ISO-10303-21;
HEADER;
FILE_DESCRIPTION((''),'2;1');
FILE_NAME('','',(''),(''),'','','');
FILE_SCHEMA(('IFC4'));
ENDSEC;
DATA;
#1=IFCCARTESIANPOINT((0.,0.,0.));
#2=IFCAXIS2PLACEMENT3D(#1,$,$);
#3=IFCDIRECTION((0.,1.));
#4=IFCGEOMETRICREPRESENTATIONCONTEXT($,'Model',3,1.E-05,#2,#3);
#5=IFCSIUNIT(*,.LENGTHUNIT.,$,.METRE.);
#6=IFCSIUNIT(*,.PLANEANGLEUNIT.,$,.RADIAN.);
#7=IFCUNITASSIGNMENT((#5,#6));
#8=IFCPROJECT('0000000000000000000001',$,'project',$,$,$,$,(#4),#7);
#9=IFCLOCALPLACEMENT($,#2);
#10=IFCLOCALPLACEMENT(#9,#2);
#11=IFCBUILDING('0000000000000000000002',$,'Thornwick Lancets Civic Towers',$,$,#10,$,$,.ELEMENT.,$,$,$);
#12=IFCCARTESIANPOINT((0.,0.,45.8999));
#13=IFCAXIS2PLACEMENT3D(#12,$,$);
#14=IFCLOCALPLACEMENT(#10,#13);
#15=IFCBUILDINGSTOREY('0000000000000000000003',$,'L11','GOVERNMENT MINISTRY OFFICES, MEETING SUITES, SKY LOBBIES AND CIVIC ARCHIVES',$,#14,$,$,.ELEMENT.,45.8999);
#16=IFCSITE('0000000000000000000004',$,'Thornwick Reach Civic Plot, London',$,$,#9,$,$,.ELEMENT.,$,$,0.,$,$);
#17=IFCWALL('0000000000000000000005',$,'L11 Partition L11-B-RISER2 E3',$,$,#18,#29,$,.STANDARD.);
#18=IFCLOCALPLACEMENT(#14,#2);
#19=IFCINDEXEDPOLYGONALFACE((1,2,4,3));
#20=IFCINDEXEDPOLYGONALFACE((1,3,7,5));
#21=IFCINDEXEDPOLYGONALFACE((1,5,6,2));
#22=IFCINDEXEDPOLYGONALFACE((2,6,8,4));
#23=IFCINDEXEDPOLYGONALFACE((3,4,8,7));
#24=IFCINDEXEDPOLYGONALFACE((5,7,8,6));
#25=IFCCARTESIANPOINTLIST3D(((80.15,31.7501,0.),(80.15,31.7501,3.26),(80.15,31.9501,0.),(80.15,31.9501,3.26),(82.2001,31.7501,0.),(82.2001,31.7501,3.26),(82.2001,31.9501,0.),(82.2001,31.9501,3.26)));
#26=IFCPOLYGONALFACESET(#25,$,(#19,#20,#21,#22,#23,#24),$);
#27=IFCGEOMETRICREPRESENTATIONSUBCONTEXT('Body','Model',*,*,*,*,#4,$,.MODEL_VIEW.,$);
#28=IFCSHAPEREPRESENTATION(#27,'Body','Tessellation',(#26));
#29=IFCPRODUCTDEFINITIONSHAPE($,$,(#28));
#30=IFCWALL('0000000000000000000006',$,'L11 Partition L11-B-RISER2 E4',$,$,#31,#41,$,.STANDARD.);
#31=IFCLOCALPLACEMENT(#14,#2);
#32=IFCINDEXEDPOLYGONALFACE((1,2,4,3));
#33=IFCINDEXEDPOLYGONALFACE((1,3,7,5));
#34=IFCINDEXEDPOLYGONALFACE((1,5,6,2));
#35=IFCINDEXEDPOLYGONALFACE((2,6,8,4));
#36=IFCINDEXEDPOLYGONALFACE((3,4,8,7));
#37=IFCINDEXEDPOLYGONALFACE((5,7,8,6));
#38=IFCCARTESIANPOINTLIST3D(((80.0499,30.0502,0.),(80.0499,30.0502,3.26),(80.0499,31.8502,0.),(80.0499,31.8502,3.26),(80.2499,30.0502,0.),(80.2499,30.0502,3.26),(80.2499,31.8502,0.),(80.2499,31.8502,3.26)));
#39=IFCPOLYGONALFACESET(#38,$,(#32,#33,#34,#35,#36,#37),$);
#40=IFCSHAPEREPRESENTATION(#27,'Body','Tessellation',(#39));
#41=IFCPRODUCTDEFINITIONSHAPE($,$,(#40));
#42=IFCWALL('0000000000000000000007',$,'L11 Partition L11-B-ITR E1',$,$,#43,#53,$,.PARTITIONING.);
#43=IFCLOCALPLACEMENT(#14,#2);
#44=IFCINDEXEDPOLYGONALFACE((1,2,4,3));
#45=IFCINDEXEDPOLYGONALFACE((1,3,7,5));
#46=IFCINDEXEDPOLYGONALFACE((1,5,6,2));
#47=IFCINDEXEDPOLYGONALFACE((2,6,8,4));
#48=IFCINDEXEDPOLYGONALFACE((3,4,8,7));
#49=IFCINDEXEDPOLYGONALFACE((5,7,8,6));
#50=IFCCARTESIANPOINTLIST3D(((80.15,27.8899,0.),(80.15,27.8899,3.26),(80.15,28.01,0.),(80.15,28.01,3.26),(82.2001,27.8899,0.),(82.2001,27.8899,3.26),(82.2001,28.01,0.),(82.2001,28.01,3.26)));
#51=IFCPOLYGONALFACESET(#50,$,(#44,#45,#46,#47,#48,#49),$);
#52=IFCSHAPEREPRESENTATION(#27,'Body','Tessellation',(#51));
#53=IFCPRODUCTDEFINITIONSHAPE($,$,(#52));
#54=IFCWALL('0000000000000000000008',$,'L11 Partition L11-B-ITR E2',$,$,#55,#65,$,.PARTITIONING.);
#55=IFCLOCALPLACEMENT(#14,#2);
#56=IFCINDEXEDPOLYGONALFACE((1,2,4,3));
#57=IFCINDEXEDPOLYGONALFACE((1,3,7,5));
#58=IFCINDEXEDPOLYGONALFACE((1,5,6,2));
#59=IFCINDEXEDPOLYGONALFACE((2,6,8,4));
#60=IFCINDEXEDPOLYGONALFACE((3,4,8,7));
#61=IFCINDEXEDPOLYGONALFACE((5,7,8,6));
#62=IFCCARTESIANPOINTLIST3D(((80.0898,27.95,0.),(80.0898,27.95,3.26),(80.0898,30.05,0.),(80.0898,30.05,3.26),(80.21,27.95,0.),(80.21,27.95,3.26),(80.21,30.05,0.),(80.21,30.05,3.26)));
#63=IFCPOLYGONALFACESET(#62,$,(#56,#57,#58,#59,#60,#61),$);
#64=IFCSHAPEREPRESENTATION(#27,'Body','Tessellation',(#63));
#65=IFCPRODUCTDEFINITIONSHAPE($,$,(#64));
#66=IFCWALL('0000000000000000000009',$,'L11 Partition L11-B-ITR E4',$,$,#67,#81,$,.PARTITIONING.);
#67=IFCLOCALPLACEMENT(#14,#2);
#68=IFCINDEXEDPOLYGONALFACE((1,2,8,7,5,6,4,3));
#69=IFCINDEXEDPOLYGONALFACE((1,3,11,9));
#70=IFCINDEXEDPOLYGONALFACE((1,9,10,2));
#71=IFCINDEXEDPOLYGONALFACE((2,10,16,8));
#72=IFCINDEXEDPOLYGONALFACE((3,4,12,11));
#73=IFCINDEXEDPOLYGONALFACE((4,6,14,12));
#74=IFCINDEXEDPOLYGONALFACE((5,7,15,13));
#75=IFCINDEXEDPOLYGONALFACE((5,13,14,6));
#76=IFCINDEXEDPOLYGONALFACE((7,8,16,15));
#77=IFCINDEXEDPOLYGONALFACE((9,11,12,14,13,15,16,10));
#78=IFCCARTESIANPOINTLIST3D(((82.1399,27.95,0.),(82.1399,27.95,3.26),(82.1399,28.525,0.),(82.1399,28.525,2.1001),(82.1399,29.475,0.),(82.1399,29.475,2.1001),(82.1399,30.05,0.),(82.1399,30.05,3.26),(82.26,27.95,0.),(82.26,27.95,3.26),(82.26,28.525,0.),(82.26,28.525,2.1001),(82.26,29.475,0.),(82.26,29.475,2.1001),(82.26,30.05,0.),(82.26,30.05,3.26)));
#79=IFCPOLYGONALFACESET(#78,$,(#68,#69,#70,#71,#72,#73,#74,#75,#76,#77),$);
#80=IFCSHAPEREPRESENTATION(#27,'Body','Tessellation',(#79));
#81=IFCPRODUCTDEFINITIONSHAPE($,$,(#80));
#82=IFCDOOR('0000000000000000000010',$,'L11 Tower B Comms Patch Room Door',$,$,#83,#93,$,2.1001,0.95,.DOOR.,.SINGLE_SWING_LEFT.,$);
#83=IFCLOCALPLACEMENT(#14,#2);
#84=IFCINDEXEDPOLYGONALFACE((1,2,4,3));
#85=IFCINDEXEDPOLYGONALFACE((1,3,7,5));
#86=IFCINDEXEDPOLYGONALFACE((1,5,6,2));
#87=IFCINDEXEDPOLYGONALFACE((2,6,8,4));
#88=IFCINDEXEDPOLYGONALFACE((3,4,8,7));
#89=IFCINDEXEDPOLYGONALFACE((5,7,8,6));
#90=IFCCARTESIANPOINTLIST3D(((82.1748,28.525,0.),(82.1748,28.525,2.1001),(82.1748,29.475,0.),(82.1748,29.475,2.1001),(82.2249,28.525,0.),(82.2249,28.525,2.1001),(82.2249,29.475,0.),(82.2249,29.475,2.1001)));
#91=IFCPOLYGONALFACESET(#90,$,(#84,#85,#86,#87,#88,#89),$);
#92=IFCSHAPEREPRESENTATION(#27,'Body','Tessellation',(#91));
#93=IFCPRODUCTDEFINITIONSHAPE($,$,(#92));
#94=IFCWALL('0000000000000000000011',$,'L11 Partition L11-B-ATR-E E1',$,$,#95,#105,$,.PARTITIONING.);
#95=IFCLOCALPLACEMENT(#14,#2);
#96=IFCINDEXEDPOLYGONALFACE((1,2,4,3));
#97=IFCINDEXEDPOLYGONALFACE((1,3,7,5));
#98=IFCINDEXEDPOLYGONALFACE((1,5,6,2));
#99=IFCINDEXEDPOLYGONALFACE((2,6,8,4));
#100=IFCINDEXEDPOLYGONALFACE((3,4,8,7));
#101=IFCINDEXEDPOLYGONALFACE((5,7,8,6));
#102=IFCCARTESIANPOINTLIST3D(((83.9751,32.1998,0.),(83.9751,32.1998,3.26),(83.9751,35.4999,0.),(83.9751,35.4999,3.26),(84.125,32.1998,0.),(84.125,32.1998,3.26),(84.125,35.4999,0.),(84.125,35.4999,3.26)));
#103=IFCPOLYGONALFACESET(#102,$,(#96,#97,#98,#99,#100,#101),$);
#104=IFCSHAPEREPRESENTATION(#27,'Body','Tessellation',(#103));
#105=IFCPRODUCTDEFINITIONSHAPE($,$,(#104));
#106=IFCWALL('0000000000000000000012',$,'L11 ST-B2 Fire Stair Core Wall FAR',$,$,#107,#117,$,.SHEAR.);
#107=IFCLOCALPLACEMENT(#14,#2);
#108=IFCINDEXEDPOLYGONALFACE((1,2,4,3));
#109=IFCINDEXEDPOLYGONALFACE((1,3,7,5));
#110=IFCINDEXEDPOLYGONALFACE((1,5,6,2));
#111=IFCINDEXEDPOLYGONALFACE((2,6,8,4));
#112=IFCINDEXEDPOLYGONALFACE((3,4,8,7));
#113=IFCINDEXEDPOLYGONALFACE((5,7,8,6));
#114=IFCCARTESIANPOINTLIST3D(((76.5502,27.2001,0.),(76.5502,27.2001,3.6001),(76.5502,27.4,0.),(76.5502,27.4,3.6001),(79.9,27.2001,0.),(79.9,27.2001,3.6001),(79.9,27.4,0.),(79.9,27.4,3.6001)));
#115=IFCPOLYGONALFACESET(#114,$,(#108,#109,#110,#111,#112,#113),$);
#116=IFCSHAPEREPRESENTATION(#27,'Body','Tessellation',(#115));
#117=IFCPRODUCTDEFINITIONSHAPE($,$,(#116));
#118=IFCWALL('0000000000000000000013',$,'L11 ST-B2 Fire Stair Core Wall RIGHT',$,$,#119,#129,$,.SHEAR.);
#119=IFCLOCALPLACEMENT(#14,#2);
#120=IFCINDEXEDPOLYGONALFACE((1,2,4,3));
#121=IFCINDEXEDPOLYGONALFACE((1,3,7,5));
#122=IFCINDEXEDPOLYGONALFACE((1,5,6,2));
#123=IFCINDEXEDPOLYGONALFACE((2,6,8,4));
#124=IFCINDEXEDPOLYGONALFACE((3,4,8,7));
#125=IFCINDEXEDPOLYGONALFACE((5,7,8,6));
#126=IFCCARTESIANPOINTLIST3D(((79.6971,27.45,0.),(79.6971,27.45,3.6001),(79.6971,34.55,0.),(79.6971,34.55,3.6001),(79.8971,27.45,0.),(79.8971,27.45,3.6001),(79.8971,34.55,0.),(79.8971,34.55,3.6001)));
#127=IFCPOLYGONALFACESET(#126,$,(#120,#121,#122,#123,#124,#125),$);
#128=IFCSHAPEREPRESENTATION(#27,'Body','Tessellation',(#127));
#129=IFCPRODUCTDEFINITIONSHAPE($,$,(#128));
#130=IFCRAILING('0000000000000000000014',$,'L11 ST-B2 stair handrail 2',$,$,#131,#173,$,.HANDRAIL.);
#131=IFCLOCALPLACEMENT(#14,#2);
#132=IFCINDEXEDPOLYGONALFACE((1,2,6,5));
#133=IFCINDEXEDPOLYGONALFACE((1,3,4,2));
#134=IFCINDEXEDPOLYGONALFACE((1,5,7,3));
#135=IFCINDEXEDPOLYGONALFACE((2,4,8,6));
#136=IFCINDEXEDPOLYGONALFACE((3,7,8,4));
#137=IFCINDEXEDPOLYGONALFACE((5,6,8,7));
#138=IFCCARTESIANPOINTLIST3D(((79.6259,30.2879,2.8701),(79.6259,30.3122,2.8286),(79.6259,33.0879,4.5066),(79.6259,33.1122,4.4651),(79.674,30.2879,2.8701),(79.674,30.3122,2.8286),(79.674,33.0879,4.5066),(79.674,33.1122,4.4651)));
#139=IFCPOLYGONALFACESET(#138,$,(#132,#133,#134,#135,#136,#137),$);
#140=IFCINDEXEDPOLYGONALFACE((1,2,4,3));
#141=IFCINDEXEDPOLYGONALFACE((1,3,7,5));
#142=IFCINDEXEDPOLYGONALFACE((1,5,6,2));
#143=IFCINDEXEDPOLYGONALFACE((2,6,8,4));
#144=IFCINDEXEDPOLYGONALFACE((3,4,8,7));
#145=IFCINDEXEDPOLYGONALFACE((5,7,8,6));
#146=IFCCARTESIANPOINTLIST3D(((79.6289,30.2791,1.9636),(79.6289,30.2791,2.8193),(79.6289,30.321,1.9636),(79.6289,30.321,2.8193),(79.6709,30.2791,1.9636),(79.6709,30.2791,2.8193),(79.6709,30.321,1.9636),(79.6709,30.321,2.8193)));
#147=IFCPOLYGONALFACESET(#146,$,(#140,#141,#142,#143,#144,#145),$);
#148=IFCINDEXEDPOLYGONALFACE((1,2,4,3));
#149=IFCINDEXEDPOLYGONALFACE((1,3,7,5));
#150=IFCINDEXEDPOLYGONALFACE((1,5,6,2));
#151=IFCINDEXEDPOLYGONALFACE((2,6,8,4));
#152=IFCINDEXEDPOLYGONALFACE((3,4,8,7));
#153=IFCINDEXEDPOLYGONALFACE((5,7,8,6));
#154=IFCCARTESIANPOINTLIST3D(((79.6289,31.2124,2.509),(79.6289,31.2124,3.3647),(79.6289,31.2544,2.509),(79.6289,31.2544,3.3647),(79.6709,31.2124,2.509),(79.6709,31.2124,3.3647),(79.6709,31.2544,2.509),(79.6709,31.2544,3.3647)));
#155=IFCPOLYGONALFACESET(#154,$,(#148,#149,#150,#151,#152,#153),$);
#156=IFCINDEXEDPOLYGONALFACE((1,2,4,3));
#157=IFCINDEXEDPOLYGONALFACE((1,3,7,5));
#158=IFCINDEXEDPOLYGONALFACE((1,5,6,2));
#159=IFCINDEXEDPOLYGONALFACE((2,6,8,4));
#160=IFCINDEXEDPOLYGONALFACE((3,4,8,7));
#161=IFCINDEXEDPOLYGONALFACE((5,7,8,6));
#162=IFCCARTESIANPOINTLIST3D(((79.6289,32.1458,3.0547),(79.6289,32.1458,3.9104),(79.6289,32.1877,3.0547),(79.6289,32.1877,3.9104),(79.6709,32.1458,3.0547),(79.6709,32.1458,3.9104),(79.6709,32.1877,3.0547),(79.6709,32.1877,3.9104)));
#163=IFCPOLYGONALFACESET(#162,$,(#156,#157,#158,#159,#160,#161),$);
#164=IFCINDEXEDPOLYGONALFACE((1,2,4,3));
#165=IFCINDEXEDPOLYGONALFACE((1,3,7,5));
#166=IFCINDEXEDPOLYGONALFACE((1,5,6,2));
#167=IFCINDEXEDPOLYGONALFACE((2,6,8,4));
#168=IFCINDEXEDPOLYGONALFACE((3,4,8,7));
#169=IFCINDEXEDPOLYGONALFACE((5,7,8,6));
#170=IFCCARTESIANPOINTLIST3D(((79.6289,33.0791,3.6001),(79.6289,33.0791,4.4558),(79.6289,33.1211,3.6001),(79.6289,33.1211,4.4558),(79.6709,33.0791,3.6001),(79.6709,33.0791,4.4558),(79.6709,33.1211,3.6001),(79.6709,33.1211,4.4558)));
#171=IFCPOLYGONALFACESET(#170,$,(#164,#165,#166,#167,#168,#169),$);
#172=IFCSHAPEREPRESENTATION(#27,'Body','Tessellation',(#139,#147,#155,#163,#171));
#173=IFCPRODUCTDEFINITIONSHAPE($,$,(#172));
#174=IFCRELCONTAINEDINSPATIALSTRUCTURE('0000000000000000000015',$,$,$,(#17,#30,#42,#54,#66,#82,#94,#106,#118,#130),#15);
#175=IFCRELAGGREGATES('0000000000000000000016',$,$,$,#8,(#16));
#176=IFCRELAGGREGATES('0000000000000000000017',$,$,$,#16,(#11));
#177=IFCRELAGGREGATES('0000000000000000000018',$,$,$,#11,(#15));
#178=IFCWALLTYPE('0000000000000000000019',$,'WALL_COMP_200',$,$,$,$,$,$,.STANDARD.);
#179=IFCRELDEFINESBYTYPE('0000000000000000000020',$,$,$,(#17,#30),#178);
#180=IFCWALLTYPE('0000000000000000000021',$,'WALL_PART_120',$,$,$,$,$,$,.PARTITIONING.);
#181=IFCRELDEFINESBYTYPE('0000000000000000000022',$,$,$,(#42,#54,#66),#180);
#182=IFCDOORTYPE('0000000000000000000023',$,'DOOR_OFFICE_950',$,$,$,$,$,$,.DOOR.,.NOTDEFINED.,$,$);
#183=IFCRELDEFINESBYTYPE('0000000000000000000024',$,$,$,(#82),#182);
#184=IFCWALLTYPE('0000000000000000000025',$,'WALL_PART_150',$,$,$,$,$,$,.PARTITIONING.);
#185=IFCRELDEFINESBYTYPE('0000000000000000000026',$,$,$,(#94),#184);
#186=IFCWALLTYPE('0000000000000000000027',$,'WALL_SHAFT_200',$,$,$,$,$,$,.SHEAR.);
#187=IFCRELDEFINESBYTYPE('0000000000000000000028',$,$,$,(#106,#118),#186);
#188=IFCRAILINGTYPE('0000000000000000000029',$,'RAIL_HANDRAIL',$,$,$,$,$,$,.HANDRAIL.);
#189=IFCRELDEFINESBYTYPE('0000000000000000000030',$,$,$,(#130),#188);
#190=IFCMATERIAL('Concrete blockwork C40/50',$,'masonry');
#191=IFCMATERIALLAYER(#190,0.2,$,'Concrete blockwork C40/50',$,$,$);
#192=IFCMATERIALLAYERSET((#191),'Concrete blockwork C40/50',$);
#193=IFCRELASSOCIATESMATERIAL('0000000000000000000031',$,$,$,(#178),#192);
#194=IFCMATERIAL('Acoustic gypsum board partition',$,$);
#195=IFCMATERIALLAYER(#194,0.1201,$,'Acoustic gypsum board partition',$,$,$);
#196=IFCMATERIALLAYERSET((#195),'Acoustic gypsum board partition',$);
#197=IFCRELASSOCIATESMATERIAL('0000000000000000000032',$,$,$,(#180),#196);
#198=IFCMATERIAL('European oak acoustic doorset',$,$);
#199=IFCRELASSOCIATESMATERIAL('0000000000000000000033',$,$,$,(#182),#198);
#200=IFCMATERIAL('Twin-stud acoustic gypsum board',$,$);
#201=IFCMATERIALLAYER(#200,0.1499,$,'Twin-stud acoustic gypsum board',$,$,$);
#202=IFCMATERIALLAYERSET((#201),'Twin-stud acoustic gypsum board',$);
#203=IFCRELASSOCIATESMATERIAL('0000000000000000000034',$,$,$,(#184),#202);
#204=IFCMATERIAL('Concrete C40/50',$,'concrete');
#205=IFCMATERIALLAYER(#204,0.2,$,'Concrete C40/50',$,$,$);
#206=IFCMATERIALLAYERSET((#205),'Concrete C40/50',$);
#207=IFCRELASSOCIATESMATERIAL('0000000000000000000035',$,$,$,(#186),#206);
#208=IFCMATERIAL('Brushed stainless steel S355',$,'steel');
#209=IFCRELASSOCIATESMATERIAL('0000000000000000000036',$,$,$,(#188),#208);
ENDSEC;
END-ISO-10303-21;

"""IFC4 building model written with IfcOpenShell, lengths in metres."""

from ifc_helpers import new_model, si_unit, direction, frame, frame_2d, origin, origin_2d, place, context, subcontext, project, spatial, rectangle, extrude, material, layer, layer_set, type_object, element, fill, save


model = new_model("IFC4")

# Units and contexts
model_context = context("Model", 3, precision=1e-05, world=origin(), true_north=direction((0.0, 1.0)))
body_context = subcontext(model_context, "Body", "Model", "MODEL_VIEW")
ifc_project = project(units=[si_unit("LENGTHUNIT", "METRE"), si_unit("PLANEANGLEUNIT", "RADIAN")], contexts=[model_context])

# Site, building, storey
site_placement = place(None, origin())
site = spatial("IfcSite", under=ifc_project, at=site_placement, Name="Thornwick Reach Civic Plot, London", CompositionType="ELEMENT", RefElevation=0.0)
building_placement = place(site_placement, origin())
building = spatial("IfcBuilding", under=site, at=building_placement, Name="Thornwick Lancets Civic Towers", CompositionType="ELEMENT")
storey_placement = place(building_placement, frame((0.0, 0.0, 45.8999)))
storey = spatial("IfcBuildingStorey", under=building, at=storey_placement, Name="L11", Description="GOVERNMENT MINISTRY OFFICES, MEETING SUITES, SKY LOBBIES AND CIVIC ARCHIVES", CompositionType="ELEMENT", Elevation=45.8999)

# Shared definitions
ifc_material_1 = material(Name="Concrete blockwork C40/50", Category="masonry")
ifc_layer_1 = layer(ifc_material_1, 0.2, Name="Concrete blockwork C40/50")
ifc_layer_set_1 = layer_set([ifc_layer_1], Name="Concrete blockwork C40/50")
wall_type_1 = type_object("IfcWallType", Name="WALL_COMP_200", PredefinedType="STANDARD", material=ifc_layer_set_1)

# Walls
wall_1_placement = place(storey_placement, frame((82.2, 31.8501, 0.0), z_axis=(0.0, 0.0, 1.0), x_axis=(-1.0, 0.0, 0.0)))
element("IfcWall", 1, at=wall_1_placement, inside=storey, type_object=wall_type_1, Name="L11 Partition L11-B-RISER2 E3", PredefinedType="STANDARD", context=body_context, shape_type="SweptSolid", body=[
    extrude(rectangle(XDim=2.05, YDim=0.2, at=frame_2d((1.0249, 0.0))), origin(), (0.0, 0.0, 1.0), 3.26),
])
wall_2_placement = place(storey_placement, frame((80.1499, 31.8501, 0.0), z_axis=(0.0, 0.0, 1.0), x_axis=(0.0, -1.0, 0.0)))
element("IfcWall", 2, at=wall_2_placement, inside=storey, type_object=wall_type_1, Name="L11 Partition L11-B-RISER2 E4", PredefinedType="STANDARD", context=body_context, shape_type="SweptSolid", body=[
    extrude(rectangle(XDim=1.8, YDim=0.2, at=frame_2d((0.8999, 0.0))), origin(), (0.0, 0.0, 1.0), 3.26),
])
ifc_material_2 = material(Name="Acoustic gypsum board partition")
ifc_layer_2 = layer(ifc_material_2, 0.1201, Name="Acoustic gypsum board partition")
ifc_layer_set_2 = layer_set([ifc_layer_2], Name="Acoustic gypsum board partition")
wall_type_2 = type_object("IfcWallType", Name="WALL_PART_120", PredefinedType="PARTITIONING", material=ifc_layer_set_2)
wall_3_placement = place(storey_placement, frame((82.2, 27.95, 0.0), z_axis=(0.0, 0.0, 1.0), x_axis=(-1.0, 0.0, 0.0)))
element("IfcWall", 3, at=wall_3_placement, inside=storey, type_object=wall_type_2, Name="L11 Partition L11-B-ITR E1", PredefinedType="PARTITIONING", context=body_context, shape_type="SweptSolid", body=[
    extrude(rectangle(XDim=2.05, YDim=0.1201, at=frame_2d((1.0249, 0.0))), origin(), (0.0, 0.0, 1.0), 3.26),
])
wall_4_placement = place(storey_placement, frame((80.1499, 27.95, 0.0), z_axis=(0.0, 0.0, 1.0), x_axis=(0.0, 1.0, 0.0)))
element("IfcWall", 4, at=wall_4_placement, inside=storey, type_object=wall_type_2, Name="L11 Partition L11-B-ITR E2", PredefinedType="PARTITIONING", context=body_context, shape_type="SweptSolid", body=[
    extrude(rectangle(XDim=2.1001, YDim=0.1201, at=frame_2d((1.05, 0.0))), origin(), (0.0, 0.0, 1.0), 3.26),
])

# Wall, opening, door
wall_5_placement = place(storey_placement, frame((82.2, 30.05, 0.0), z_axis=(0.0, 0.0, 1.0), x_axis=(0.0, -1.0, 0.0)))
wall_5 = element("IfcWall", 5, at=wall_5_placement, inside=storey, type_object=wall_type_2, Name="L11 Partition L11-B-ITR E4", PredefinedType="PARTITIONING", context=body_context, shape_type="SweptSolid", body=[
    extrude(rectangle(XDim=2.1001, YDim=0.1201, at=frame_2d((1.05, 0.0))), origin(), (0.0, 0.0, 1.0), 3.26),
])
opening_1_placement = place(wall_5_placement, frame((0.575, 0.0, 0.0)))
opening_1 = element("IfcOpeningElement", 6, at=opening_1_placement, cuts=wall_5, PredefinedType="OPENING", context=body_context, shape_type="SweptSolid", body=[
    extrude(rectangle(XDim=0.95, YDim=2.1001, at=frame_2d((0.4751, 1.05))), frame((0.0, 0.0701, 0.0), z_axis=(0.0, -1.0, 0.0), x_axis=(1.0, 0.0, 0.0)), (0.0, 0.0, 1.0), 0.1401),
])
ifc_material_3 = material(Name="European oak acoustic doorset")
door_type_1 = type_object("IfcDoorType", Name="DOOR_OFFICE_950", OperationType="NOTDEFINED", PredefinedType="DOOR", material=ifc_material_3)
door_1_placement = place(opening_1_placement, origin())
door_1 = element("IfcDoor", 7, at=door_1_placement, inside=storey, type_object=door_type_1, Name="L11 Tower B Comms Patch Room Door", OperationType="SINGLE_SWING_LEFT", OverallHeight=2.1001, OverallWidth=0.95, PredefinedType="DOOR", context=body_context, shape_type="SweptSolid", body=[
    extrude(rectangle(XDim=0.95, YDim=2.1001, at=frame_2d((0.4751, 1.05))), frame((0.0, 0.0249, 0.0), z_axis=(0.0, -1.0, 0.0), x_axis=(1.0, 0.0, 0.0)), (0.0, 0.0, 1.0), 0.05),
])
fill(opening_1, door_1)

# Walls
ifc_material_4 = material(Name="Twin-stud acoustic gypsum board")
ifc_layer_3 = layer(ifc_material_4, 0.1499, Name="Twin-stud acoustic gypsum board")
ifc_layer_set_3 = layer_set([ifc_layer_3], Name="Twin-stud acoustic gypsum board")
wall_type_3 = type_object("IfcWallType", Name="WALL_PART_150", PredefinedType="PARTITIONING", material=ifc_layer_set_3)
wall_6_placement = place(storey_placement, frame((84.05, 32.2, 0.0), z_axis=(0.0, 0.0, 1.0), x_axis=(0.0, 1.0, 0.0)))
element("IfcWall", 8, at=wall_6_placement, inside=storey, type_object=wall_type_3, Name="L11 Partition L11-B-ATR-E E1", PredefinedType="PARTITIONING", context=body_context, shape_type="SweptSolid", body=[
    extrude(rectangle(XDim=3.3, YDim=0.1499, at=frame_2d((1.6499, 0.0))), origin(), (0.0, 0.0, 1.0), 3.26),
])
ifc_material_5 = material(Name="Concrete C40/50", Category="concrete")
ifc_layer_4 = layer(ifc_material_5, 0.2, Name="Concrete C40/50")
ifc_layer_set_4 = layer_set([ifc_layer_4], Name="Concrete C40/50")
wall_type_4 = type_object("IfcWallType", Name="WALL_SHAFT_200", PredefinedType="SHEAR", material=ifc_layer_set_4)
wall_7_placement = place(storey_placement, frame((79.8999, 27.3, 0.0), z_axis=(0.0, 0.0, 1.0), x_axis=(-1.0, 0.0, 0.0)))
element("IfcWall", 9, at=wall_7_placement, inside=storey, type_object=wall_type_4, Name="L11 ST-B2 Fire Stair Core Wall FAR", PredefinedType="SHEAR", context=body_context, shape_type="SweptSolid", body=[
    extrude(rectangle(XDim=3.3499, YDim=0.2, at=frame_2d((1.6748, 0.0))), origin(), (0.0, 0.0, 1.0), 3.6001),
])
wall_8_placement = place(storey_placement, frame((79.7971, 27.45, 0.0), z_axis=(0.0, 0.0, 1.0), x_axis=(0.0, 1.0, 0.0)))
element("IfcWall", 10, at=wall_8_placement, inside=storey, type_object=wall_type_4, Name="L11 ST-B2 Fire Stair Core Wall RIGHT", PredefinedType="SHEAR", context=body_context, shape_type="SweptSolid", body=[
    extrude(rectangle(XDim=7.1001, YDim=0.2, at=frame_2d((3.55, 0.0))), origin(), (0.0, 0.0, 1.0), 3.6001),
])

# Railing
ifc_material_6 = material(Name="Brushed stainless steel S355", Category="steel")
railing_type = type_object("IfcRailingType", Name="RAIL_HANDRAIL", PredefinedType="HANDRAIL", material=ifc_material_6)
railing_placement = place(storey_placement, frame((79.6499, 30.3, 1.9636)))
element("IfcRailing", 11, at=railing_placement, inside=storey, type_object=railing_type, Name="L11 ST-B2 stair handrail 2", PredefinedType="HANDRAIL", context=body_context, shape_type="SweptSolid", body=[
    extrude(rectangle(XDim=0.0481, YDim=0.0481, at=origin_2d()), frame((0.0, 0.0, 0.8857), z_axis=(0.0, 0.863361, 0.504587), x_axis=(-1.0, 0.0, 0.0)), (0.0, 0.0, 1.0), 3.2432),
    extrude(rectangle(XDim=0.042, YDim=0.042, at=origin_2d()), origin(), (0.0, 0.0, 1.0), 0.8557),
    extrude(rectangle(XDim=0.042, YDim=0.042, at=origin_2d()), frame((0.0, 0.9333, 0.5454)), (0.0, 0.0, 1.0), 0.8557),
    extrude(rectangle(XDim=0.042, YDim=0.042, at=origin_2d()), frame((0.0, 1.8667, 1.0911)), (0.0, 0.0, 1.0), 0.8557),
    extrude(rectangle(XDim=0.042, YDim=0.042, at=origin_2d()), frame((0.0, 2.8, 1.6365)), (0.0, 0.0, 1.0), 0.8557),
])

save(model, "model.ifc")
